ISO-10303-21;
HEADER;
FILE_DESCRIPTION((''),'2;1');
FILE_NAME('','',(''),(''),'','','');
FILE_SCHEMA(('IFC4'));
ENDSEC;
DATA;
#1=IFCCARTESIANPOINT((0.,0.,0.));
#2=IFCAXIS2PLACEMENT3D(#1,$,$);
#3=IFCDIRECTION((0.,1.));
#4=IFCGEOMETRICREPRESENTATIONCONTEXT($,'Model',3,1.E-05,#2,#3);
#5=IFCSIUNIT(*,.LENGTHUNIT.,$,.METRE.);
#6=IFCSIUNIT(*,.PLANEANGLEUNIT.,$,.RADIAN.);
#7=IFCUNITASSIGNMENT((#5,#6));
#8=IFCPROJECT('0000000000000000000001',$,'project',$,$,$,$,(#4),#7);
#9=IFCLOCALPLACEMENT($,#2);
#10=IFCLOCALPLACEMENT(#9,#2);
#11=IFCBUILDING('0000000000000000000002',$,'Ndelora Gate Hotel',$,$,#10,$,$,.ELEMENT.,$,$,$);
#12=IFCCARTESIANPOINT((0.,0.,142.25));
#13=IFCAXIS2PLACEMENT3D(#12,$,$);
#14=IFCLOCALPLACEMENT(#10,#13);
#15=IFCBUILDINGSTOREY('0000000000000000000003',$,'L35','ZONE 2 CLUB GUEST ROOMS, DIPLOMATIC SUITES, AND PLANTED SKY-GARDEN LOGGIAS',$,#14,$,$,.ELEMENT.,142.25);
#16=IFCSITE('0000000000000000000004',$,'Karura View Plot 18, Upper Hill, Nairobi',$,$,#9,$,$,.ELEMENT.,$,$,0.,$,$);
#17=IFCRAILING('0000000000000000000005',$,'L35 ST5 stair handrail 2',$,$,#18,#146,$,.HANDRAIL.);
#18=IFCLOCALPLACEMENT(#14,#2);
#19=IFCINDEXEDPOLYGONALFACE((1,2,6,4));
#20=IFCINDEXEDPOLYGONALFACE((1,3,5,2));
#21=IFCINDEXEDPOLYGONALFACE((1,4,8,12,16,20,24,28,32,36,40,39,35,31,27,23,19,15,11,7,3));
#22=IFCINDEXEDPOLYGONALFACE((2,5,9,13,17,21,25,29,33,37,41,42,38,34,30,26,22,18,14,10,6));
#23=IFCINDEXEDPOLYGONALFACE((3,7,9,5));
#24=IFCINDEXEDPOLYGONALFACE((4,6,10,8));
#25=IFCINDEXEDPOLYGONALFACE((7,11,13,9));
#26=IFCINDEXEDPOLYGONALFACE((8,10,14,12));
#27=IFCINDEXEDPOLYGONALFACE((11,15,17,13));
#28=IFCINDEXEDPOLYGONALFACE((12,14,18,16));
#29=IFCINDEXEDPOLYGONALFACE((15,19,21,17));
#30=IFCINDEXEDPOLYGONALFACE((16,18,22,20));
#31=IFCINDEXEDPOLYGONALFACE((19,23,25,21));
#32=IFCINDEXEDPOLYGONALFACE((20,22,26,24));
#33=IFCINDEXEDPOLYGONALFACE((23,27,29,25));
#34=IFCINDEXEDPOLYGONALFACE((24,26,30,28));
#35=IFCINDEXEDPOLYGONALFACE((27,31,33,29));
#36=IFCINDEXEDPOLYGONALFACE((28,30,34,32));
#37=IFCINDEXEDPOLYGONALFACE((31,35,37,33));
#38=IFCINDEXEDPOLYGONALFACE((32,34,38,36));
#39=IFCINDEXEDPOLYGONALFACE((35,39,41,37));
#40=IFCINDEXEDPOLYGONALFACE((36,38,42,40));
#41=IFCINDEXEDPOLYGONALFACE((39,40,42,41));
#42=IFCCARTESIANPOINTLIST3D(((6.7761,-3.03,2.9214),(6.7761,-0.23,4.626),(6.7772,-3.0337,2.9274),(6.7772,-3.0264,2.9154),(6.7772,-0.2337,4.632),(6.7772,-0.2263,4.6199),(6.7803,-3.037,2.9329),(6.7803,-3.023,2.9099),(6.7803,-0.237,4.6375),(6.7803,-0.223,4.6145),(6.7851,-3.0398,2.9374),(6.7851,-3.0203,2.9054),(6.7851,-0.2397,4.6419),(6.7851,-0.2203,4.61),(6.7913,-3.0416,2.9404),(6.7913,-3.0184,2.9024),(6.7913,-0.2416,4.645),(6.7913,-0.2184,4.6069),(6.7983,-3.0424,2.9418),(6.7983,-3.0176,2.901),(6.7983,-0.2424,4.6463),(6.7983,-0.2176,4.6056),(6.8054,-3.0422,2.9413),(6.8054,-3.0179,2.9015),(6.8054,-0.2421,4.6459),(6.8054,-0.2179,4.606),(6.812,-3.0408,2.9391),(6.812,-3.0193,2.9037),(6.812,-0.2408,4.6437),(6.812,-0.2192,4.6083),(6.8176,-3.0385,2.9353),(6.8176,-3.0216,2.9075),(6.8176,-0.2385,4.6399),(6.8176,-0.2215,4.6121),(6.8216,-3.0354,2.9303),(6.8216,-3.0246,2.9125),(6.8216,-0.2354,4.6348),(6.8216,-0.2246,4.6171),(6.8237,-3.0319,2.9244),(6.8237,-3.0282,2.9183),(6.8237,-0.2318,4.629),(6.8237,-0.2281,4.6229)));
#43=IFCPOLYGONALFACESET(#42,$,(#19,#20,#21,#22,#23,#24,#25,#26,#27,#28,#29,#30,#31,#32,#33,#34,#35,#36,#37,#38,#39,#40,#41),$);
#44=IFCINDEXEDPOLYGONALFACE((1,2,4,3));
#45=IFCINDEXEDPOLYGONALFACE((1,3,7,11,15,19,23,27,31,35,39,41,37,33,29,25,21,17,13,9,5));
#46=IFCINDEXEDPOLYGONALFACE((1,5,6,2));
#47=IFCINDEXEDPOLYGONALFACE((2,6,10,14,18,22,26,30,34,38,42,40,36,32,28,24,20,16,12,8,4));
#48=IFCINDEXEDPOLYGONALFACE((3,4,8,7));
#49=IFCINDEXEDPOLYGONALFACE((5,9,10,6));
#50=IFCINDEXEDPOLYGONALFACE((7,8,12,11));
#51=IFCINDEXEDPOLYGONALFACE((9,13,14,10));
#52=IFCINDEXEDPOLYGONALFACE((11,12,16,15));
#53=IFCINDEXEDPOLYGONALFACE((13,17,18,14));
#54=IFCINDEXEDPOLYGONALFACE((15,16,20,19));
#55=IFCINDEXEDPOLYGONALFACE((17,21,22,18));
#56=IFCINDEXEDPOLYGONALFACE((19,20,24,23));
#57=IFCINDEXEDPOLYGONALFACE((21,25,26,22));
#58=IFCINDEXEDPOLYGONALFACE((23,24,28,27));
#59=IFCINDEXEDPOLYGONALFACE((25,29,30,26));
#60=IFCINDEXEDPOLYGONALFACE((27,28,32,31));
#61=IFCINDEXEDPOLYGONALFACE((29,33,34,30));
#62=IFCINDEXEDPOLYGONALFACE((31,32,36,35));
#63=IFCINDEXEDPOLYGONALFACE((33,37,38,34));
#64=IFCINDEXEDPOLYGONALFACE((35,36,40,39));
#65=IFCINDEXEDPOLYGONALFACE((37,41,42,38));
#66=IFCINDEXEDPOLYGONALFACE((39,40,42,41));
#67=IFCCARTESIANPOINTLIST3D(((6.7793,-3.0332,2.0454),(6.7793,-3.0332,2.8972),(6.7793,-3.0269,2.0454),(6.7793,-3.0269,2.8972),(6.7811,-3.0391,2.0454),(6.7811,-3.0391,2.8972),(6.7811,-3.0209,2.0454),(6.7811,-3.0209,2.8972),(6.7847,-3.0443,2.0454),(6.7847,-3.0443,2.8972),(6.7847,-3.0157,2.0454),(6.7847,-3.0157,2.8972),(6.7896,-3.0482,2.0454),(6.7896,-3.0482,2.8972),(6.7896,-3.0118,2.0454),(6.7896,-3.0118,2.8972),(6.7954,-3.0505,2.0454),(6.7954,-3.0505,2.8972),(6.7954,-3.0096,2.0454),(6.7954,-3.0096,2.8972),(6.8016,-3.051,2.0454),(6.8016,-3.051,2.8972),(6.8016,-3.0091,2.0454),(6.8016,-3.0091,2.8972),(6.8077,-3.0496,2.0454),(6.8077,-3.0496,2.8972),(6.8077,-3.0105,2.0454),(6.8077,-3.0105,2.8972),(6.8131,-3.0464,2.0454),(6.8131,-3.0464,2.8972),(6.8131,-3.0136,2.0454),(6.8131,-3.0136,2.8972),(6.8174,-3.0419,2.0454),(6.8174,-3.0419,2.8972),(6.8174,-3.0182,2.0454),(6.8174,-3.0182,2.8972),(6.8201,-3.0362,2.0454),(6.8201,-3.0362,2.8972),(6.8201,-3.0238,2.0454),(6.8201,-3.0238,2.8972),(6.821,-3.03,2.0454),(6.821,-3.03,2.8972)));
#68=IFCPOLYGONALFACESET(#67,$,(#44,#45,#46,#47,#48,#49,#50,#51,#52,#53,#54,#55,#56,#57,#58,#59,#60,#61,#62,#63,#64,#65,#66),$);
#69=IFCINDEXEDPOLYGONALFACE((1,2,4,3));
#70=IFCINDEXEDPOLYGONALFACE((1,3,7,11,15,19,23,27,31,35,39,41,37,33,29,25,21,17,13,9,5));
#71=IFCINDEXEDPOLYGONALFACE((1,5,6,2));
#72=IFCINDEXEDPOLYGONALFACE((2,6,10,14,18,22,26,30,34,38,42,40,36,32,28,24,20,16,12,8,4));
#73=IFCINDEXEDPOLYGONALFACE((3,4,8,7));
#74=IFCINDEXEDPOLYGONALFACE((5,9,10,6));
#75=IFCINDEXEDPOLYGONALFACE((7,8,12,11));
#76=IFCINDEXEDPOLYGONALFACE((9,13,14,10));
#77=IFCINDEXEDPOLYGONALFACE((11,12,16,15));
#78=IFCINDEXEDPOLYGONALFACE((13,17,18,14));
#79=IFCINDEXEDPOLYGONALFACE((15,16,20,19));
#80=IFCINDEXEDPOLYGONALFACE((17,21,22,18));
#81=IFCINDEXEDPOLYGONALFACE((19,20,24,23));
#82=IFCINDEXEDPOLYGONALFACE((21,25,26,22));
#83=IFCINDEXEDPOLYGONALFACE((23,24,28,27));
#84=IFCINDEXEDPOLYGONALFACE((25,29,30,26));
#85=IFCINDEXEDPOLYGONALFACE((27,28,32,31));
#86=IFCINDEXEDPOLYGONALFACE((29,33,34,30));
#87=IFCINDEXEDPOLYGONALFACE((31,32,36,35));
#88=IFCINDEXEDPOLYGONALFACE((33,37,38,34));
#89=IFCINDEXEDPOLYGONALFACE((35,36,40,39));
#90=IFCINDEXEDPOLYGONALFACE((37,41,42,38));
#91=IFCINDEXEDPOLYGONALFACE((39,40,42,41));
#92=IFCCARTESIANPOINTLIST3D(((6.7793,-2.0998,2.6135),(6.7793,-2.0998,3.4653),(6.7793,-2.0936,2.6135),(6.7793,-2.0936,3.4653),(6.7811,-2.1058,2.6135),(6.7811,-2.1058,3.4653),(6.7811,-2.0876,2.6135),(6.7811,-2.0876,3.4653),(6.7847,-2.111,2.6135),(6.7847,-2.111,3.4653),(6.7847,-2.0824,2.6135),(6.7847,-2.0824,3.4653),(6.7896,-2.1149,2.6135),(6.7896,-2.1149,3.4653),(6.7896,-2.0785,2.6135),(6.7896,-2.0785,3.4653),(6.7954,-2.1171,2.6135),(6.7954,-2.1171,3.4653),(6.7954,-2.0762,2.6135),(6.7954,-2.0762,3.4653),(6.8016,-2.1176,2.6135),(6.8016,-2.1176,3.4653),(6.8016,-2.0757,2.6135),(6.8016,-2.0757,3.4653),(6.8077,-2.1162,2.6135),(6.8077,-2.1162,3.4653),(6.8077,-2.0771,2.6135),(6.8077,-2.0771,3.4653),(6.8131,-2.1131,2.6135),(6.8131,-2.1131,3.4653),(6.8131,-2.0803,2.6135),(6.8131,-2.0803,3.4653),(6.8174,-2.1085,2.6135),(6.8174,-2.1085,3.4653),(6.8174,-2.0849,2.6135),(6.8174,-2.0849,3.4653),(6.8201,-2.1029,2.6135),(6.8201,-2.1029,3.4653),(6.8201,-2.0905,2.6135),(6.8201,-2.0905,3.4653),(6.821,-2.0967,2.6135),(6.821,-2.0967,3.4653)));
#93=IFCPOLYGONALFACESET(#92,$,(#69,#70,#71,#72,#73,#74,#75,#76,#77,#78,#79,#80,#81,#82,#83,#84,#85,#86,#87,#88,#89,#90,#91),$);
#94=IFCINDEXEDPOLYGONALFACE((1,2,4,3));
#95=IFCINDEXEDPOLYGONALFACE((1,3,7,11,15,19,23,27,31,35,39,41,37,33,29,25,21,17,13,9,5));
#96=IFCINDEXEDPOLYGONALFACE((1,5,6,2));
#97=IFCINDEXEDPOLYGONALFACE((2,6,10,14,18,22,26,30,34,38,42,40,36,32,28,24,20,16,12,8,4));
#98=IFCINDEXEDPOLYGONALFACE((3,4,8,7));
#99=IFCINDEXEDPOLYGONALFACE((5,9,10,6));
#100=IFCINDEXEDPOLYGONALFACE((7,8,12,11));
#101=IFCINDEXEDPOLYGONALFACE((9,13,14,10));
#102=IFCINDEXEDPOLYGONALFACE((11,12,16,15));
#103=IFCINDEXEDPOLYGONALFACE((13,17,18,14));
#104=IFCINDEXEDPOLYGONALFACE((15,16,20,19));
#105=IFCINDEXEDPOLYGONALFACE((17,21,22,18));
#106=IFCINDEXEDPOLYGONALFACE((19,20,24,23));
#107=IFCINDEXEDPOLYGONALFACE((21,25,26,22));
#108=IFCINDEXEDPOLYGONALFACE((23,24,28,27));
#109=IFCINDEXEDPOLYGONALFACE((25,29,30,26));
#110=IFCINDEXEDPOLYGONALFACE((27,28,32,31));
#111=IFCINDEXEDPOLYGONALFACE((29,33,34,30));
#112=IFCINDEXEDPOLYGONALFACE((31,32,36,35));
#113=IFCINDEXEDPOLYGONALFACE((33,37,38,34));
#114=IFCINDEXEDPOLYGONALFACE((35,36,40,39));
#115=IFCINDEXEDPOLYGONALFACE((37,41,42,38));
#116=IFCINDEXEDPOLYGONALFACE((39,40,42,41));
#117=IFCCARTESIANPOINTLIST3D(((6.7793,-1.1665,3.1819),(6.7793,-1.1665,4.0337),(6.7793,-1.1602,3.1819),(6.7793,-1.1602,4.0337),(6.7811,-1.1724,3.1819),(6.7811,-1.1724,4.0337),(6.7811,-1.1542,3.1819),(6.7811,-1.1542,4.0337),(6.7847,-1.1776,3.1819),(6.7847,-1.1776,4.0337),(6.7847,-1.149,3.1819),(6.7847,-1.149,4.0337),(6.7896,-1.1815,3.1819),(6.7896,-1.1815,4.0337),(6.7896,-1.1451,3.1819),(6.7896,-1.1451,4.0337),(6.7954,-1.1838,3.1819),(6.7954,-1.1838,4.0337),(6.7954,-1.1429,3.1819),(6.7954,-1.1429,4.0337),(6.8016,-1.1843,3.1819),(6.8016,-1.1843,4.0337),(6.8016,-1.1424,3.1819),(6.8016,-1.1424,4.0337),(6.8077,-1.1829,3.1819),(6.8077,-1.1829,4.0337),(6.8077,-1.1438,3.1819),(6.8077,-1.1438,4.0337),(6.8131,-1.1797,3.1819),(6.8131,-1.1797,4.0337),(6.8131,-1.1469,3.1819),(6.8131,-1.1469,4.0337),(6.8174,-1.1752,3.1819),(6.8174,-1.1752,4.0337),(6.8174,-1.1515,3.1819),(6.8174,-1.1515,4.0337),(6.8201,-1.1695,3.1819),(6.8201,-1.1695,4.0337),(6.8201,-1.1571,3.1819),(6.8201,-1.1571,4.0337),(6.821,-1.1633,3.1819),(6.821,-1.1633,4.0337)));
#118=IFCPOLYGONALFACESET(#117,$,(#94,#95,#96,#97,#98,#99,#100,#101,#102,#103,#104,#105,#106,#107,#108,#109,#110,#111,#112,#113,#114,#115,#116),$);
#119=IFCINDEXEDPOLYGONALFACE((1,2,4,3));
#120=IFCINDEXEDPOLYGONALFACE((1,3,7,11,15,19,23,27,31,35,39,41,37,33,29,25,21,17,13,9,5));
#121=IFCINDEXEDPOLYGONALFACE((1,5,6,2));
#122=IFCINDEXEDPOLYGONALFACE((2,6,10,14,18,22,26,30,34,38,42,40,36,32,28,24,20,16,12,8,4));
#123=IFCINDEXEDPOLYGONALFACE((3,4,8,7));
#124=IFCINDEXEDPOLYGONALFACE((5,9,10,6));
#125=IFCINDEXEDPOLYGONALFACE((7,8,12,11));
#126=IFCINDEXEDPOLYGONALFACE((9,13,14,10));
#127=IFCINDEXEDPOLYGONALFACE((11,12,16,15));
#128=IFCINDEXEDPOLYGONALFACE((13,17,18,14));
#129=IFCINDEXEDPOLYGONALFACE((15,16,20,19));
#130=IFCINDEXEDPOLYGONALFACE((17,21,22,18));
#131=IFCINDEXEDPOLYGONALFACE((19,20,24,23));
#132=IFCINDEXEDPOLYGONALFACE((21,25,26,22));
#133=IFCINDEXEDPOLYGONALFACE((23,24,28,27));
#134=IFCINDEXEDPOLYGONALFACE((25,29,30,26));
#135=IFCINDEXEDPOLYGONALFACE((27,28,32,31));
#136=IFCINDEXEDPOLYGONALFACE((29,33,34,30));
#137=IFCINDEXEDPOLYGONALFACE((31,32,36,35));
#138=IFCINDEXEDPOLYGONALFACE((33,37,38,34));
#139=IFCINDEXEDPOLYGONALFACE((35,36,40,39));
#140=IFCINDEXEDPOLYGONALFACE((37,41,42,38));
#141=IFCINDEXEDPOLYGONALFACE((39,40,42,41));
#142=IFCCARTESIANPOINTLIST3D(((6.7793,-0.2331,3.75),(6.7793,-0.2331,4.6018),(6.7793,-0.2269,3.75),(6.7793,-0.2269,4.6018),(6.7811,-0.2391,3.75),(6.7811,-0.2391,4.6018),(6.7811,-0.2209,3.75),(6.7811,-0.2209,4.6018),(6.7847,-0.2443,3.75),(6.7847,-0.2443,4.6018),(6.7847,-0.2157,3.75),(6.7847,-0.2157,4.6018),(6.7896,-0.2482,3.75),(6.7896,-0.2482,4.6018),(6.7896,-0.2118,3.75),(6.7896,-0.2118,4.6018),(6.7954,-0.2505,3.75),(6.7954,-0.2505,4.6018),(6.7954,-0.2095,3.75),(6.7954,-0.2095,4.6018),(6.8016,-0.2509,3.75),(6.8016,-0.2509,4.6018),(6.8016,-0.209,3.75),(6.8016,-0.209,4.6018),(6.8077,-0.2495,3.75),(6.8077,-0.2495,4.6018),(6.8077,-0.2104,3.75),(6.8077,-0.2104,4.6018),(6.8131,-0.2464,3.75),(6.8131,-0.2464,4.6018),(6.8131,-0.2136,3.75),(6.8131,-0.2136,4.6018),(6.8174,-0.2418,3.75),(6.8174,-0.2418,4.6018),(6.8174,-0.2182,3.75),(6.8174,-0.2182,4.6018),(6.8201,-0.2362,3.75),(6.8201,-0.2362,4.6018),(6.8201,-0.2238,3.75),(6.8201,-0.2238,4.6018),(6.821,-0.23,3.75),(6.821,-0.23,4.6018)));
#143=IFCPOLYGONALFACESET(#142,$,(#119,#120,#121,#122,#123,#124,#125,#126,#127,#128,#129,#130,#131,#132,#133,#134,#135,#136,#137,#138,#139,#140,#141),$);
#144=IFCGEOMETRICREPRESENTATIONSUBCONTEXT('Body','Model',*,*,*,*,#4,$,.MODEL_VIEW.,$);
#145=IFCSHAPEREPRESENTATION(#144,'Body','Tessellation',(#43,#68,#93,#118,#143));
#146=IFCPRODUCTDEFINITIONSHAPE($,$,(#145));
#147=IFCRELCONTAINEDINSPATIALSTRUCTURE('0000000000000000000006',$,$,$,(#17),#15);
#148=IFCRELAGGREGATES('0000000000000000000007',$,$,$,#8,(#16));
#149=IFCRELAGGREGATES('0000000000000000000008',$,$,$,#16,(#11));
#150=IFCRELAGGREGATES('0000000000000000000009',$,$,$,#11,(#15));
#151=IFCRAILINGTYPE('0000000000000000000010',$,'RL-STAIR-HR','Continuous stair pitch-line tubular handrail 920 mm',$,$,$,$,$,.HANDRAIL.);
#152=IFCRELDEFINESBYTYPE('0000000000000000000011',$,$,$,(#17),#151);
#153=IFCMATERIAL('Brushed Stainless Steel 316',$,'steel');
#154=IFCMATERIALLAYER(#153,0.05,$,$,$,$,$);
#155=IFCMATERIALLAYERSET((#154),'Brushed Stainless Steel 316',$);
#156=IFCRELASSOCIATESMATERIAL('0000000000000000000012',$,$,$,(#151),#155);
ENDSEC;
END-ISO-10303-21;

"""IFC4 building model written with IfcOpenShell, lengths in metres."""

from ifc_helpers import new_model, si_unit, direction, frame, origin, origin_2d, place, context, subcontext, project, spatial, circle, extrude, material, layer, layer_set, type_object, element, save


model = new_model("IFC4")

# Units and contexts
model_context = context("Model", 3, precision=1e-05, world=origin(), true_north=direction((0.0, 1.0)))
body_context = subcontext(model_context, "Body", "Model", "MODEL_VIEW")
ifc_project = project(units=[si_unit("LENGTHUNIT", "METRE"), si_unit("PLANEANGLEUNIT", "RADIAN")], contexts=[model_context])

# Site, building, storey
site_placement = place(None, origin())
site = spatial("IfcSite", under=ifc_project, at=site_placement, Name="Karura View Plot 18, Upper Hill, Nairobi", CompositionType="ELEMENT", RefElevation=0.0)
building_placement = place(site_placement, origin())
building = spatial("IfcBuilding", under=site, at=building_placement, Name="Ndelora Gate Hotel", CompositionType="ELEMENT")
storey_placement = place(building_placement, frame((0.0, 0.0, 142.25)))
storey = spatial("IfcBuildingStorey", under=building, at=storey_placement, Name="L35", Description="ZONE 2 CLUB GUEST ROOMS, DIPLOMATIC SUITES, AND PLANTED SKY-GARDEN LOGGIAS", CompositionType="ELEMENT", Elevation=142.25)

# Railing
ifc_material_1 = material(Name="Brushed Stainless Steel 316", Category="steel")
ifc_layer_1 = layer(ifc_material_1, 0.05)
ifc_layer_set_1 = layer_set([ifc_layer_1], Name="Brushed Stainless Steel 316")
railing_type_1 = type_object("IfcRailingType", Name="RL-STAIR-HR", Description="Continuous stair pitch-line tubular handrail 920 mm", PredefinedType="HANDRAIL", material=ifc_layer_set_1)
railing_1_placement = place(storey_placement, frame((6.8, -3.03, 2.0454)))
element("IfcRailing", 1, at=railing_1_placement, inside=storey, type_object=railing_type_1, Name="L35 ST5 stair handrail 2", PredefinedType="HANDRAIL", context=body_context, shape_type="SweptSolid", body=[
    extrude(circle(Radius=0.0239, at=origin_2d()), frame((0.0, 0.0, 0.876), z_axis=(0.0, 0.85417, 0.519994), x_axis=(-1.0, 0.0, 0.0)), (0.0, 0.0, 1.0), 3.2781),
    extrude(circle(Radius=0.021, at=origin_2d()), origin(), (0.0, 0.0, 1.0), 0.8518),
    extrude(circle(Radius=0.021, at=origin_2d()), frame((0.0, 0.9333, 0.5681)), (0.0, 0.0, 1.0), 0.8518),
    extrude(circle(Radius=0.021, at=origin_2d()), frame((0.0, 1.8667, 1.1365)), (0.0, 0.0, 1.0), 0.8518),
    extrude(circle(Radius=0.021, at=origin_2d()), frame((0.0, 2.8, 1.7046)), (0.0, 0.0, 1.0), 0.8518),
])

save(model, "model.ifc")
